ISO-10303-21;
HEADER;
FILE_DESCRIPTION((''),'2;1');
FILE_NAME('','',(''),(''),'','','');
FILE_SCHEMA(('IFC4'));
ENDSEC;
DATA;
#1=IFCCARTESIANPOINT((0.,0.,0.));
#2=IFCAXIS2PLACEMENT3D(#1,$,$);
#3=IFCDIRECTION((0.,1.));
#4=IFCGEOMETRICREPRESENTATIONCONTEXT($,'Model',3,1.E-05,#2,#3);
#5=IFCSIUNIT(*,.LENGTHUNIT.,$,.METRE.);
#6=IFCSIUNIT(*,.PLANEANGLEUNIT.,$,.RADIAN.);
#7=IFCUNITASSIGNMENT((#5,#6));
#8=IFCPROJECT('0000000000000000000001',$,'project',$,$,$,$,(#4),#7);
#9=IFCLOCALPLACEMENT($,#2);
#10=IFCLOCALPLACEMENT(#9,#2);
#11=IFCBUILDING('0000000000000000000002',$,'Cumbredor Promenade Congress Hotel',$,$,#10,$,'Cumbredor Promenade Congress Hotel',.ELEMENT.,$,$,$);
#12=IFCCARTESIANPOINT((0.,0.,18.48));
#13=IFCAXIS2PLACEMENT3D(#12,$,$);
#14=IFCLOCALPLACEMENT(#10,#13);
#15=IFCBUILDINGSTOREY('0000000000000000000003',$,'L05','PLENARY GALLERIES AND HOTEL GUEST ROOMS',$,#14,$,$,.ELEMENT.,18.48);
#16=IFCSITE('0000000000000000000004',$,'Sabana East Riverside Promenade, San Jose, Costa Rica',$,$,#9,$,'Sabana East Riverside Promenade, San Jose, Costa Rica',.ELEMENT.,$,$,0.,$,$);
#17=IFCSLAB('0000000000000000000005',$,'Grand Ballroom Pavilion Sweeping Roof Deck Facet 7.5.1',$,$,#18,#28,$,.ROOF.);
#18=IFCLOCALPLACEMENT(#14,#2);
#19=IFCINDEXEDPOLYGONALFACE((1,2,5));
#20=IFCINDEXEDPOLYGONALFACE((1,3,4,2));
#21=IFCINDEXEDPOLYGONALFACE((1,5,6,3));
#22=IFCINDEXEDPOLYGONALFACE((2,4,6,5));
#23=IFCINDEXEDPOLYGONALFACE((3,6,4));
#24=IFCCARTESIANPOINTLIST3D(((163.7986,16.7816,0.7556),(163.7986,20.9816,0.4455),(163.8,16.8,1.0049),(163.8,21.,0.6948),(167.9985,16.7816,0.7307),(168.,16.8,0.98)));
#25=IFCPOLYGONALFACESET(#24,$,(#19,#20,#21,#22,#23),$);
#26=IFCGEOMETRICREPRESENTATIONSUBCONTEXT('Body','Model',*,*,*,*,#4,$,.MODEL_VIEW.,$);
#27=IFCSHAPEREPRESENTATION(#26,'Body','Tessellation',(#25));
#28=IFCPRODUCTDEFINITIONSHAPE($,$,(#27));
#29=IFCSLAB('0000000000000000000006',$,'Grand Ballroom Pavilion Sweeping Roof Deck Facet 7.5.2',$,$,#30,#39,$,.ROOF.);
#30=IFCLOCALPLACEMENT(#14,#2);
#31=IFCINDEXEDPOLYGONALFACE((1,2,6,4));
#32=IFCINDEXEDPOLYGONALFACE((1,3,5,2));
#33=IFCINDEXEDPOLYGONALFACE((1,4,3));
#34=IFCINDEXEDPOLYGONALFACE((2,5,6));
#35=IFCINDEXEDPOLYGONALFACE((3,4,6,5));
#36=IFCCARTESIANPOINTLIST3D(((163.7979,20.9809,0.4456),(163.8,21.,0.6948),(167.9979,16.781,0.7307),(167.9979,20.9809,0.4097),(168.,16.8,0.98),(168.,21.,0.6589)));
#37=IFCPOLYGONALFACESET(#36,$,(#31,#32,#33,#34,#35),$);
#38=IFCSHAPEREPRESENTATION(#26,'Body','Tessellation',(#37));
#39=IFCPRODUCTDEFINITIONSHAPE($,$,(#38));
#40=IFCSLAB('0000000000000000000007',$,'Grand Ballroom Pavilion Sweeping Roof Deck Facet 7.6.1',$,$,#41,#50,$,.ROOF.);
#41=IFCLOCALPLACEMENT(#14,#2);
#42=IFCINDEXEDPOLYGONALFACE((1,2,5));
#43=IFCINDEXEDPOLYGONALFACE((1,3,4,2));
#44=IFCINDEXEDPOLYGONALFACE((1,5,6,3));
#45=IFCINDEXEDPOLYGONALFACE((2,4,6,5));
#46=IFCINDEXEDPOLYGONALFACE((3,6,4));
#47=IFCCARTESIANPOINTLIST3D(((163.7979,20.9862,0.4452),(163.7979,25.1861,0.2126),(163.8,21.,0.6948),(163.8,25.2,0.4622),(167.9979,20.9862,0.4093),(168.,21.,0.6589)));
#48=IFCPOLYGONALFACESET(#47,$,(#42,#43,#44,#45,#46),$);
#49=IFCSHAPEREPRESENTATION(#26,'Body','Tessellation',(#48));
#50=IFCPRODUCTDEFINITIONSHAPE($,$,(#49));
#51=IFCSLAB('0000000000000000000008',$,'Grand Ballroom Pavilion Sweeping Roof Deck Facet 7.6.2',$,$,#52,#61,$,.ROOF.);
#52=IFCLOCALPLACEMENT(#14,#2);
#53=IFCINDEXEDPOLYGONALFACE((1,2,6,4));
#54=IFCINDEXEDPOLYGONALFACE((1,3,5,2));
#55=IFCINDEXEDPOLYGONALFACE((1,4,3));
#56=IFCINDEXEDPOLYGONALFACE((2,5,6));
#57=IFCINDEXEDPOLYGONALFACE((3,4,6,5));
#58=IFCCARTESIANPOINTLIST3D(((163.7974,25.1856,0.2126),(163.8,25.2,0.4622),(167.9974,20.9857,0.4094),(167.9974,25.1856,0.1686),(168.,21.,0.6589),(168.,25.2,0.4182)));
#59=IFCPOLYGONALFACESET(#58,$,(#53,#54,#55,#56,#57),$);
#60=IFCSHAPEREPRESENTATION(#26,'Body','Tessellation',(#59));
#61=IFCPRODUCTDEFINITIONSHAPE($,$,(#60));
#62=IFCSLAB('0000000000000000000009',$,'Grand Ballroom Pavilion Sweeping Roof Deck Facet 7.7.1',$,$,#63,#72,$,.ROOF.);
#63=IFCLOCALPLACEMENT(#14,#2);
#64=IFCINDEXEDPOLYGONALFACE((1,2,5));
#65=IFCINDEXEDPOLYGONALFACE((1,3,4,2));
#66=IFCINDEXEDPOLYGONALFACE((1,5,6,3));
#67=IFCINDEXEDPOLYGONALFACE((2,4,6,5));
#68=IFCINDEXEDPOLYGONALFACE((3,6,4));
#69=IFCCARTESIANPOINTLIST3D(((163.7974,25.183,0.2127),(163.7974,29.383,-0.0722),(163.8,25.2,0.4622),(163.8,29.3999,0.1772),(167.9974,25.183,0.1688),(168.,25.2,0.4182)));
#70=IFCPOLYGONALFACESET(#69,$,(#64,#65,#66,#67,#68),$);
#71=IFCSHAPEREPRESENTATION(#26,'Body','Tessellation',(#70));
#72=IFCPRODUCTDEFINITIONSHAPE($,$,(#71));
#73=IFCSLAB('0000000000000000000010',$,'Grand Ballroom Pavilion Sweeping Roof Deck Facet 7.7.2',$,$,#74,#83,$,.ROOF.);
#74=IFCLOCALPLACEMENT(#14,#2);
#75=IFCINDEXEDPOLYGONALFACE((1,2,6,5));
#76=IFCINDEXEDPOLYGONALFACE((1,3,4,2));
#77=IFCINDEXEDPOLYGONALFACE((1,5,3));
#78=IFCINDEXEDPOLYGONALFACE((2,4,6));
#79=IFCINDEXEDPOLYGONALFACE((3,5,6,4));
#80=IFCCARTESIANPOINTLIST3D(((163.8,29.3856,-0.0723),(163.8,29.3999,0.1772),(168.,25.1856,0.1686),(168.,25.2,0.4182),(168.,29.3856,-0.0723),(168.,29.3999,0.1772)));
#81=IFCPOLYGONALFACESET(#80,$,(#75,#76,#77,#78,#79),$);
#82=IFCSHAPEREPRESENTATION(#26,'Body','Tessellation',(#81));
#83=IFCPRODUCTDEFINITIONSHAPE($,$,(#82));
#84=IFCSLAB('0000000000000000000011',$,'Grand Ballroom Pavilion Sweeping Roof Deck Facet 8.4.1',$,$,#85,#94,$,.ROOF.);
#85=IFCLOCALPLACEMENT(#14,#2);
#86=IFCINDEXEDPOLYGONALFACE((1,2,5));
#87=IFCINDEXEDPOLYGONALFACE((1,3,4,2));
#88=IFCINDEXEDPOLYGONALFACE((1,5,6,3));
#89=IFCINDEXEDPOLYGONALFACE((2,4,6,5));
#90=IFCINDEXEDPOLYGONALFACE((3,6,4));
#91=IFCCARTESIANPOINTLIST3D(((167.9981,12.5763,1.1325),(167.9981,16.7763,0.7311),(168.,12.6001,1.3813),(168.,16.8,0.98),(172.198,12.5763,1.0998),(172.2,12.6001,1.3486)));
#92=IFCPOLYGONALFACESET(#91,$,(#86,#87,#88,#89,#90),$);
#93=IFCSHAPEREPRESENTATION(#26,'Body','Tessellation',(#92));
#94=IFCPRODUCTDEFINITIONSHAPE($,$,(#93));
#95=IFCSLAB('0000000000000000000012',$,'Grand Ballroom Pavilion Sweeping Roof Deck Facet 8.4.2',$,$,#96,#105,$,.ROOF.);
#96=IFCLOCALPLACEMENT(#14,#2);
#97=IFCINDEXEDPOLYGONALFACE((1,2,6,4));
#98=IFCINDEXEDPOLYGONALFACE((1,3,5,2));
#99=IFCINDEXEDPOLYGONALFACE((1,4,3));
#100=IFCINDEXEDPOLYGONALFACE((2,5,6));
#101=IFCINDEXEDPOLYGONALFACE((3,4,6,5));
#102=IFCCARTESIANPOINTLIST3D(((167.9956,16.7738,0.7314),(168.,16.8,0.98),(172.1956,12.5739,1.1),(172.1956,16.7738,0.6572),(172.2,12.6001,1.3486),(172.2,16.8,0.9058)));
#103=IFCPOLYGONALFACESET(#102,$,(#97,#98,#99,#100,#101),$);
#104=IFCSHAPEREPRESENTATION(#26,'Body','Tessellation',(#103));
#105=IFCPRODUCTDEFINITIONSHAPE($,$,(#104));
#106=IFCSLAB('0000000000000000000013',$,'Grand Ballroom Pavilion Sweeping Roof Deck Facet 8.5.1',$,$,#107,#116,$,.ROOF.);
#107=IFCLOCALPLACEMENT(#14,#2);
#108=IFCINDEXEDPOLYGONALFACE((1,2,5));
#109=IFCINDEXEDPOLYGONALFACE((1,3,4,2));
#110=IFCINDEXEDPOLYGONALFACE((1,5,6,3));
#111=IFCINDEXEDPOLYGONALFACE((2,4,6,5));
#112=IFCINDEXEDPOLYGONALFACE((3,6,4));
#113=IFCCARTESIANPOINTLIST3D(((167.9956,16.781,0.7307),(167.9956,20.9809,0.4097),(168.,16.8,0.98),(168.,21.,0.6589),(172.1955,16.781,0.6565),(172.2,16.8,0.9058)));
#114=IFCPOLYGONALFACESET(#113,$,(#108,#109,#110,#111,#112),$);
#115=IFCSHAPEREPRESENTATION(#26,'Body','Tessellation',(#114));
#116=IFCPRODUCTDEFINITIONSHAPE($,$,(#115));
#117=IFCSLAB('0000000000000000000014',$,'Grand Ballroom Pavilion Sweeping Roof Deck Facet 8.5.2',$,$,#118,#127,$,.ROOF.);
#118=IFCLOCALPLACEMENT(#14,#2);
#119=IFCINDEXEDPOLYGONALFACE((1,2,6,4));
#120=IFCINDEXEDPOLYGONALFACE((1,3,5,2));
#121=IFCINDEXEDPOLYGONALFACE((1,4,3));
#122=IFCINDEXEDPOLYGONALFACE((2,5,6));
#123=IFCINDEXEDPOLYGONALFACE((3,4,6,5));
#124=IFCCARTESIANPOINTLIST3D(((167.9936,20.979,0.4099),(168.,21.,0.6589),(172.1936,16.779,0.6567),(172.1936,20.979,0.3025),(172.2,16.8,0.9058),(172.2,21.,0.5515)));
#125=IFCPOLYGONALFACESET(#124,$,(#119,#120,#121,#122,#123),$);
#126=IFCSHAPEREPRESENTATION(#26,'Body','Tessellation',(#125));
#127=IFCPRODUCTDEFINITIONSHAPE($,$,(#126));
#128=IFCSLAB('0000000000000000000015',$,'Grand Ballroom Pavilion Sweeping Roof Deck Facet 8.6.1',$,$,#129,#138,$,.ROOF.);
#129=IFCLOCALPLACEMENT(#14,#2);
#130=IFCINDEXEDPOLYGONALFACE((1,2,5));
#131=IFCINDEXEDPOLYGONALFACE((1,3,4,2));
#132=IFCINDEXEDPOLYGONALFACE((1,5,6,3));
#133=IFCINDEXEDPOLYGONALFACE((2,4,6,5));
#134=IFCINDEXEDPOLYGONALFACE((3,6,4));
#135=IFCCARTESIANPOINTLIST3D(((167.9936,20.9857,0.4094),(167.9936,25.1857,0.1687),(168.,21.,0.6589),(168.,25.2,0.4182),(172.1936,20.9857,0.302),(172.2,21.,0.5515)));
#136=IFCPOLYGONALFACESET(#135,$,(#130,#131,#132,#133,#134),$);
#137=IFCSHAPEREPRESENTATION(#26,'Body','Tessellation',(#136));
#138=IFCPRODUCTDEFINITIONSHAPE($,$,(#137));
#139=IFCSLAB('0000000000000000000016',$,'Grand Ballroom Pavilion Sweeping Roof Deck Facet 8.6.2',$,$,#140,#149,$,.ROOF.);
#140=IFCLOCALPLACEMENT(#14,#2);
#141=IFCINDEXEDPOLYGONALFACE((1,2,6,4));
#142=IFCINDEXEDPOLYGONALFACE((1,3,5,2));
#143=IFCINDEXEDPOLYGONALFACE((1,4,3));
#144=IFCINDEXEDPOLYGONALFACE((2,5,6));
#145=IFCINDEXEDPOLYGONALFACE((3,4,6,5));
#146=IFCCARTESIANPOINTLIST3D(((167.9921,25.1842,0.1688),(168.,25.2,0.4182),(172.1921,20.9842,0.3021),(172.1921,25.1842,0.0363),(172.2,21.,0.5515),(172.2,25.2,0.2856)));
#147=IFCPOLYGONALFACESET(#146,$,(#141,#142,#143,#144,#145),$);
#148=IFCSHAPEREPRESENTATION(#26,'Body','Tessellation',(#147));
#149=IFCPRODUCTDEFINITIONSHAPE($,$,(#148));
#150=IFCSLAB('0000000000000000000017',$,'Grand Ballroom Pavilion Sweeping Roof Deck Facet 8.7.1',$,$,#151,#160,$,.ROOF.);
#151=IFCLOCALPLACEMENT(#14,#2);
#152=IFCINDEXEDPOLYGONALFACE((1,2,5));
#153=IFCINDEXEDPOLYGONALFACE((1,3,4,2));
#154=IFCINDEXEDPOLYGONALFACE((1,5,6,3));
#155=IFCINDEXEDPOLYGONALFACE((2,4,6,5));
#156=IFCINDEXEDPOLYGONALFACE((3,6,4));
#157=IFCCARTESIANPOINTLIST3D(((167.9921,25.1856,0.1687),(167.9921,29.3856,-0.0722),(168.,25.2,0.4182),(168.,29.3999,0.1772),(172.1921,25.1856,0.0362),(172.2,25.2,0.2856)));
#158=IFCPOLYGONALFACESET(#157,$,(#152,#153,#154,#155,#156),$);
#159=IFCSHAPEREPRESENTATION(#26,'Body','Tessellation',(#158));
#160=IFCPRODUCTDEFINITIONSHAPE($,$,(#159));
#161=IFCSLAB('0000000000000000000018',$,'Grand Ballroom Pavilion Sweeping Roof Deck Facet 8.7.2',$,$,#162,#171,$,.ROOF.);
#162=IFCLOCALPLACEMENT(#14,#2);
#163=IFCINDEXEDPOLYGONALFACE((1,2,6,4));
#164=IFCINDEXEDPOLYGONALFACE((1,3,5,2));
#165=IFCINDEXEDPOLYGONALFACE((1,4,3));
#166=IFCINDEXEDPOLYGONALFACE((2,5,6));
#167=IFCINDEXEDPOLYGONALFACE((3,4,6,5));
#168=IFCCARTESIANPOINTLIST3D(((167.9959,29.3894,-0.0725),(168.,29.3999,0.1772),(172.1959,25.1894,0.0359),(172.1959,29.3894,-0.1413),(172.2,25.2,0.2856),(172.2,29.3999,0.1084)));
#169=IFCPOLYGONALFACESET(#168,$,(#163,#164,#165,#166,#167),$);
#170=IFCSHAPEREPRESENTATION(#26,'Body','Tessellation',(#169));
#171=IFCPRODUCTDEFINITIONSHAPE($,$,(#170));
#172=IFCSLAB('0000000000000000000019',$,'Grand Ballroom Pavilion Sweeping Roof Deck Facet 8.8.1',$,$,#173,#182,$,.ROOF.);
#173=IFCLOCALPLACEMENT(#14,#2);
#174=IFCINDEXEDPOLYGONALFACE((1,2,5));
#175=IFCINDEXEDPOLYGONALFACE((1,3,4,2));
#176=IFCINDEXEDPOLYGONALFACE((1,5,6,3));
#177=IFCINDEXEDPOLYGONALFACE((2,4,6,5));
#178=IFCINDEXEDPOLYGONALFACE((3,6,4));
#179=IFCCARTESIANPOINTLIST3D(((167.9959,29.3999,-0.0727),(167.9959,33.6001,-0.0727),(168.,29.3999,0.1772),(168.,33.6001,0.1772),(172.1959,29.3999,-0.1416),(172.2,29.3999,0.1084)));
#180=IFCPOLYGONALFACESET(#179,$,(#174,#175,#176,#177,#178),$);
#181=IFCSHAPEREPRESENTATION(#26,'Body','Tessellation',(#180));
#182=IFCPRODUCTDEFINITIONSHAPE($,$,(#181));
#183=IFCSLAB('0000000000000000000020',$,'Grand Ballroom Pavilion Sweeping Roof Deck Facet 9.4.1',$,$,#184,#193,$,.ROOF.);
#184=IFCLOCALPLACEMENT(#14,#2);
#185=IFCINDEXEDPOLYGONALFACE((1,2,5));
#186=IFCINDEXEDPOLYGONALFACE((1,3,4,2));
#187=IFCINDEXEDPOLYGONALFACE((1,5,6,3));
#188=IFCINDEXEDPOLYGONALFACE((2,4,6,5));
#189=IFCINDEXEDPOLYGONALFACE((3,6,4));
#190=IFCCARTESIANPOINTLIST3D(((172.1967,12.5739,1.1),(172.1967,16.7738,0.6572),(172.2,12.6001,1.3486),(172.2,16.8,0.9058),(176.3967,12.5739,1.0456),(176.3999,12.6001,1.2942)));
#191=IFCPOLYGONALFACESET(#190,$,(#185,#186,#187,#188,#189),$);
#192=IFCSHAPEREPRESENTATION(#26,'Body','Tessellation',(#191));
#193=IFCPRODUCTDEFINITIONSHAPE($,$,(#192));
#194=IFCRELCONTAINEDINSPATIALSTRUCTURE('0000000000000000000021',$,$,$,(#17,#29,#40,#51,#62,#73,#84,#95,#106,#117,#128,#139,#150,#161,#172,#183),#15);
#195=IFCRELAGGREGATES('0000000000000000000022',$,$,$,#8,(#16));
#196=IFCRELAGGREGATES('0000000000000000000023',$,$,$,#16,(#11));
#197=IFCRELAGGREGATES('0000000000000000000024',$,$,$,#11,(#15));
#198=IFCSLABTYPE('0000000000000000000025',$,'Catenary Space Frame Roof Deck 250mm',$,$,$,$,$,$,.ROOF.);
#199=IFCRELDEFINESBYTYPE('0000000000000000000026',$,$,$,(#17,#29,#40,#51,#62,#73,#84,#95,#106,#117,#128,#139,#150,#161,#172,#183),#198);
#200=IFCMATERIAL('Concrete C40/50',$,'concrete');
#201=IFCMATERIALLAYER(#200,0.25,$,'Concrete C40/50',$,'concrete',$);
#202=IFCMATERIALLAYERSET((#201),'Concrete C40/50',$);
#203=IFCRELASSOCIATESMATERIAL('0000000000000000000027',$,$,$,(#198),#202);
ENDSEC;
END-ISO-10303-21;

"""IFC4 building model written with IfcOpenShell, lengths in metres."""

from ifc_helpers import new_model, si_unit, direction, frame, origin, place, context, subcontext, project, spatial, polyline, outline, extrude, material, layer, layer_set, type_object, element, save


model = new_model("IFC4")

# Units and contexts
model_context = context("Model", 3, precision=1e-05, world=origin(), true_north=direction((0.0, 1.0)))
body_context = subcontext(model_context, "Body", "Model", "MODEL_VIEW")
ifc_project = project(units=[si_unit("LENGTHUNIT", "METRE"), si_unit("PLANEANGLEUNIT", "RADIAN")], contexts=[model_context])

# Site, building, storey
site_placement = place(None, origin())
site = spatial("IfcSite", under=ifc_project, at=site_placement, Name="Sabana East Riverside Promenade, San Jose, Costa Rica", LongName="Sabana East Riverside Promenade, San Jose, Costa Rica", CompositionType="ELEMENT", RefElevation=0.0)
building_placement = place(site_placement, origin())
building = spatial("IfcBuilding", under=site, at=building_placement, Name="Cumbredor Promenade Congress Hotel", LongName="Cumbredor Promenade Congress Hotel", CompositionType="ELEMENT")
storey_placement = place(building_placement, frame((0.0, 0.0, 18.48)))
storey = spatial("IfcBuildingStorey", under=building, at=storey_placement, Name="L05", Description="PLENARY GALLERIES AND HOTEL GUEST ROOMS", CompositionType="ELEMENT", Elevation=18.48)

# Slabs
ifc_material_1 = material(Name="Concrete C40/50", Category="concrete")
ifc_layer_1 = layer(ifc_material_1, 0.25, Name="Concrete C40/50", Category="concrete")
ifc_layer_set_1 = layer_set([ifc_layer_1], Name="Concrete C40/50")
slab_type = type_object("IfcSlabType", Name="Catenary Space Frame Roof Deck 250mm", PredefinedType="ROOF", material=ifc_layer_set_1)
slab_1_placement = place(storey_placement, frame((163.8, 16.8, 1.0049), z_axis=(0.005913, 0.073623, 0.997269), x_axis=(0.999982, 0.0, -0.005929)))
element("IfcSlab", 1, at=slab_1_placement, inside=storey, type_object=slab_type, Name="Grand Ballroom Pavilion Sweeping Roof Deck Facet 7.5.1", PredefinedType="ROOF", context=body_context, shape_type="SweptSolid", body=[
    extrude(outline(polyline([(0.0, 0.0), (4.2, 0.0), (0.0018, 4.2114), (0.0, 0.0)])), origin(), (0.0, 0.0, -1.0), 0.25),
])
slab_2_placement = place(storey_placement, frame((168.0, 16.8, 0.98), z_axis=(0.00852, 0.076215, 0.997055), x_axis=(0.0, 0.997091, -0.076218)))
element("IfcSlab", 2, at=slab_2_placement, inside=storey, type_object=slab_type, Name="Grand Ballroom Pavilion Sweeping Roof Deck Facet 7.5.2", PredefinedType="ROOF", context=body_context, shape_type="SweptSolid", body=[
    extrude(outline(polyline([(0.0, 0.0), (4.2122, 0.0), (4.2095, 4.2001), (0.0, 0.0)])), origin(), (0.0, 0.0, -1.0), 0.25),
])
slab_3_placement = place(storey_placement, frame((163.8, 21.0, 0.6948), z_axis=(0.008532, 0.05531, 0.998433), x_axis=(0.999963, 0.0, -0.008545)))
element("IfcSlab", 3, at=slab_3_placement, inside=storey, type_object=slab_type, Name="Grand Ballroom Pavilion Sweeping Roof Deck Facet 7.6.1", PredefinedType="ROOF", context=body_context, shape_type="SweptSolid", body=[
    extrude(outline(polyline([(0.0, 0.0), (4.2001, 0.0), (0.002, 4.2064), (0.0, 0.0)])), origin(), (0.0, 0.0, -1.0), 0.25),
])
slab_4_placement = place(storey_placement, frame((168.0, 21.0, 0.6589), z_axis=(0.010446, 0.057219, 0.998307), x_axis=(0.0, 0.998361, -0.057222)))
element("IfcSlab", 4, at=slab_4_placement, inside=storey, type_object=slab_type, Name="Grand Ballroom Pavilion Sweeping Roof Deck Facet 7.6.2", PredefinedType="ROOF", context=body_context, shape_type="SweptSolid", body=[
    extrude(outline(polyline([(0.0, 0.0), (4.2068, 0.0), (4.2043, 4.2002), (0.0, 0.0)])), origin(), (0.0, 0.0, -1.0), 0.25),
])
slab_5_placement = place(storey_placement, frame((163.8, 25.2, 0.4622), z_axis=(0.010439, 0.067678, 0.997653), x_axis=(0.999945, 0.0, -0.010463)))
element("IfcSlab", 5, at=slab_5_placement, inside=storey, type_object=slab_type, Name="Grand Ballroom Pavilion Sweeping Roof Deck Facet 7.7.1", PredefinedType="ROOF", context=body_context, shape_type="SweptSolid", body=[
    extrude(outline(polyline([(0.0, 0.0), (4.2002, 0.0), (0.003, 4.2096), (0.0, 0.0)])), origin(), (0.0, 0.0, -1.0), 0.25),
])
slab_6_placement = place(storey_placement, frame((168.0, 25.2, 0.4182), z_axis=(0.0, 0.05728, 0.998358), x_axis=(0.0, 0.998358, -0.05728)))
element("IfcSlab", 6, at=slab_6_placement, inside=storey, type_object=slab_type, Name="Grand Ballroom Pavilion Sweeping Roof Deck Facet 7.7.2", PredefinedType="ROOF", context=body_context, shape_type="SweptSolid", body=[
    extrude(outline(polyline([(0.0, 0.0), (4.2069, 0.0), (4.2069, 4.2), (0.0, 0.0)])), origin(), (0.0, 0.0, -1.0), 0.25),
])
slab_7_placement = place(storey_placement, frame((168.0, 12.6001, 1.3813), z_axis=(0.007754, 0.095128, 0.995435), x_axis=(0.99997, 0.0, -0.007789)))
element("IfcSlab", 7, at=slab_7_placement, inside=storey, type_object=slab_type, Name="Grand Ballroom Pavilion Sweeping Roof Deck Facet 8.4.1", PredefinedType="ROOF", context=body_context, shape_type="SweptSolid", body=[
    extrude(outline(polyline([(0.0, 0.0), (4.2001, 0.0), (0.0031, 4.2191), (0.0, 0.0)])), origin(), (0.0, 0.0, -1.0), 0.25),
])
slab_8_placement = place(storey_placement, frame((172.2, 12.6001, 1.3486), z_axis=(0.017571, 0.104849, 0.994333), x_axis=(0.0, 0.994486, -0.104865)))
element("IfcSlab", 8, at=slab_8_placement, inside=storey, type_object=slab_type, Name="Grand Ballroom Pavilion Sweeping Roof Deck Facet 8.4.2", PredefinedType="ROOF", context=body_context, shape_type="SweptSolid", body=[
    extrude(outline(polyline([(0.0, 0.0), (4.2232, 0.0), (4.2155, 4.2006), (0.0, 0.0)])), origin(), (0.0, 0.0, -1.0), 0.25),
])
slab_9_placement = place(storey_placement, frame((168.0, 16.8, 0.98), z_axis=(0.017617, 0.076206, 0.996936), x_axis=(0.999844, 0.0, -0.017669)))
element("IfcSlab", 9, at=slab_9_placement, inside=storey, type_object=slab_type, Name="Grand Ballroom Pavilion Sweeping Roof Deck Facet 8.5.1", PredefinedType="ROOF", context=body_context, shape_type="SweptSolid", body=[
    extrude(outline(polyline([(0.0, 0.0), (4.2006, 0.0), (0.0057, 4.2122), (0.0, 0.0)])), origin(), (0.0, 0.0, -1.0), 0.25),
])
slab_10_placement = place(storey_placement, frame((172.2, 16.8, 0.9058), z_axis=(0.025478, 0.08402, 0.996138), x_axis=(0.0, 0.996462, -0.084047)))
element("IfcSlab", 10, at=slab_10_placement, inside=storey, type_object=slab_type, Name="Grand Ballroom Pavilion Sweeping Roof Deck Facet 8.5.2", PredefinedType="ROOF", context=body_context, shape_type="SweptSolid", body=[
    extrude(outline(polyline([(0.0, 0.0), (4.2149, 0.0), (4.2058, 4.2013), (0.0, 0.0)])), origin(), (0.0, 0.0, -1.0), 0.25),
])
slab_11_placement = place(storey_placement, frame((168.0, 21.0, 0.6589), z_axis=(0.025527, 0.057203, 0.998036), x_axis=(0.999673, 0.0, -0.025569)))
element("IfcSlab", 11, at=slab_11_placement, inside=storey, type_object=slab_type, Name="Grand Ballroom Pavilion Sweeping Roof Deck Facet 8.6.1", PredefinedType="ROOF", context=body_context, shape_type="SweptSolid", body=[
    extrude(outline(polyline([(0.0, 0.0), (4.2013, 0.0), (0.0062, 4.2068), (0.0, 0.0)])), origin(), (0.0, 0.0, -1.0), 0.25),
])
slab_12_placement = place(storey_placement, frame((172.2, 21.0, 0.5515), z_axis=(0.031486, 0.063145, 0.997508), x_axis=(0.0, 0.998002, -0.063176)))
element("IfcSlab", 12, at=slab_12_placement, inside=storey, type_object=slab_type, Name="Grand Ballroom Pavilion Sweeping Roof Deck Facet 8.6.2", PredefinedType="ROOF", context=body_context, shape_type="SweptSolid", body=[
    extrude(outline(polyline([(0.0, 0.0), (4.2084, 0.0), (4.2, 4.202), (0.0, 0.0)])), origin(), (0.0, 0.0, -1.0), 0.25),
])
slab_13_placement = place(storey_placement, frame((168.0, 25.2, 0.4182), z_axis=(0.031497, 0.057251, 0.997863), x_axis=(0.999502, 0.0, -0.031549)))
element("IfcSlab", 13, at=slab_13_placement, inside=storey, type_object=slab_type, Name="Grand Ballroom Pavilion Sweeping Roof Deck Facet 8.7.1", PredefinedType="ROOF", context=body_context, shape_type="SweptSolid", body=[
    extrude(outline(polyline([(0.0, 0.0), (4.202, 0.0), (0.0076, 4.2069), (0.0, 0.0)])), origin(), (0.0, 0.0, -1.0), 0.25),
])
slab_14_placement = place(storey_placement, frame((172.2, 25.2, 0.2856), z_axis=(0.016376, 0.042159, 0.998977), x_axis=(0.0, 0.999111, -0.042164)))
element("IfcSlab", 14, at=slab_14_placement, inside=storey, type_object=slab_type, Name="Grand Ballroom Pavilion Sweeping Roof Deck Facet 8.7.2", PredefinedType="ROOF", context=body_context, shape_type="SweptSolid", body=[
    extrude(outline(polyline([(0.0, 0.0), (4.2037, 0.0), (4.2008, 4.2005), (0.0, 0.0)])), origin(), (0.0, 0.0, -1.0), 0.25),
])
slab_15_placement = place(storey_placement, frame((168.0, 29.3999, 0.1772), z_axis=(0.01639, 0.0, 0.999866), x_axis=(0.999866, 0.0, -0.01639)))
element("IfcSlab", 15, at=slab_15_placement, inside=storey, type_object=slab_type, Name="Grand Ballroom Pavilion Sweeping Roof Deck Facet 8.8.1", PredefinedType="ROOF", context=body_context, shape_type="SweptSolid", body=[
    extrude(outline(polyline([(0.0, 0.0), (4.2005, 0.0), (0.0, 4.2002), (0.0, 0.0)])), origin(), (0.0, 0.0, -1.0), 0.25),
])
slab_16_placement = place(storey_placement, frame((172.2, 12.6001, 1.3486), z_axis=(0.01289, 0.104857, 0.994404), x_axis=(0.999916, 0.0, -0.012962)))
element("IfcSlab", 16, at=slab_16_placement, inside=storey, type_object=slab_type, Name="Grand Ballroom Pavilion Sweeping Roof Deck Facet 9.4.1", PredefinedType="ROOF", context=body_context, shape_type="SweptSolid", body=[
    extrude(outline(polyline([(0.0, 0.0), (4.2003, 0.0), (0.0057, 4.2232), (0.0, 0.0)])), origin(), (0.0, 0.0, -1.0), 0.25),
])

save(model, "model.ifc")
